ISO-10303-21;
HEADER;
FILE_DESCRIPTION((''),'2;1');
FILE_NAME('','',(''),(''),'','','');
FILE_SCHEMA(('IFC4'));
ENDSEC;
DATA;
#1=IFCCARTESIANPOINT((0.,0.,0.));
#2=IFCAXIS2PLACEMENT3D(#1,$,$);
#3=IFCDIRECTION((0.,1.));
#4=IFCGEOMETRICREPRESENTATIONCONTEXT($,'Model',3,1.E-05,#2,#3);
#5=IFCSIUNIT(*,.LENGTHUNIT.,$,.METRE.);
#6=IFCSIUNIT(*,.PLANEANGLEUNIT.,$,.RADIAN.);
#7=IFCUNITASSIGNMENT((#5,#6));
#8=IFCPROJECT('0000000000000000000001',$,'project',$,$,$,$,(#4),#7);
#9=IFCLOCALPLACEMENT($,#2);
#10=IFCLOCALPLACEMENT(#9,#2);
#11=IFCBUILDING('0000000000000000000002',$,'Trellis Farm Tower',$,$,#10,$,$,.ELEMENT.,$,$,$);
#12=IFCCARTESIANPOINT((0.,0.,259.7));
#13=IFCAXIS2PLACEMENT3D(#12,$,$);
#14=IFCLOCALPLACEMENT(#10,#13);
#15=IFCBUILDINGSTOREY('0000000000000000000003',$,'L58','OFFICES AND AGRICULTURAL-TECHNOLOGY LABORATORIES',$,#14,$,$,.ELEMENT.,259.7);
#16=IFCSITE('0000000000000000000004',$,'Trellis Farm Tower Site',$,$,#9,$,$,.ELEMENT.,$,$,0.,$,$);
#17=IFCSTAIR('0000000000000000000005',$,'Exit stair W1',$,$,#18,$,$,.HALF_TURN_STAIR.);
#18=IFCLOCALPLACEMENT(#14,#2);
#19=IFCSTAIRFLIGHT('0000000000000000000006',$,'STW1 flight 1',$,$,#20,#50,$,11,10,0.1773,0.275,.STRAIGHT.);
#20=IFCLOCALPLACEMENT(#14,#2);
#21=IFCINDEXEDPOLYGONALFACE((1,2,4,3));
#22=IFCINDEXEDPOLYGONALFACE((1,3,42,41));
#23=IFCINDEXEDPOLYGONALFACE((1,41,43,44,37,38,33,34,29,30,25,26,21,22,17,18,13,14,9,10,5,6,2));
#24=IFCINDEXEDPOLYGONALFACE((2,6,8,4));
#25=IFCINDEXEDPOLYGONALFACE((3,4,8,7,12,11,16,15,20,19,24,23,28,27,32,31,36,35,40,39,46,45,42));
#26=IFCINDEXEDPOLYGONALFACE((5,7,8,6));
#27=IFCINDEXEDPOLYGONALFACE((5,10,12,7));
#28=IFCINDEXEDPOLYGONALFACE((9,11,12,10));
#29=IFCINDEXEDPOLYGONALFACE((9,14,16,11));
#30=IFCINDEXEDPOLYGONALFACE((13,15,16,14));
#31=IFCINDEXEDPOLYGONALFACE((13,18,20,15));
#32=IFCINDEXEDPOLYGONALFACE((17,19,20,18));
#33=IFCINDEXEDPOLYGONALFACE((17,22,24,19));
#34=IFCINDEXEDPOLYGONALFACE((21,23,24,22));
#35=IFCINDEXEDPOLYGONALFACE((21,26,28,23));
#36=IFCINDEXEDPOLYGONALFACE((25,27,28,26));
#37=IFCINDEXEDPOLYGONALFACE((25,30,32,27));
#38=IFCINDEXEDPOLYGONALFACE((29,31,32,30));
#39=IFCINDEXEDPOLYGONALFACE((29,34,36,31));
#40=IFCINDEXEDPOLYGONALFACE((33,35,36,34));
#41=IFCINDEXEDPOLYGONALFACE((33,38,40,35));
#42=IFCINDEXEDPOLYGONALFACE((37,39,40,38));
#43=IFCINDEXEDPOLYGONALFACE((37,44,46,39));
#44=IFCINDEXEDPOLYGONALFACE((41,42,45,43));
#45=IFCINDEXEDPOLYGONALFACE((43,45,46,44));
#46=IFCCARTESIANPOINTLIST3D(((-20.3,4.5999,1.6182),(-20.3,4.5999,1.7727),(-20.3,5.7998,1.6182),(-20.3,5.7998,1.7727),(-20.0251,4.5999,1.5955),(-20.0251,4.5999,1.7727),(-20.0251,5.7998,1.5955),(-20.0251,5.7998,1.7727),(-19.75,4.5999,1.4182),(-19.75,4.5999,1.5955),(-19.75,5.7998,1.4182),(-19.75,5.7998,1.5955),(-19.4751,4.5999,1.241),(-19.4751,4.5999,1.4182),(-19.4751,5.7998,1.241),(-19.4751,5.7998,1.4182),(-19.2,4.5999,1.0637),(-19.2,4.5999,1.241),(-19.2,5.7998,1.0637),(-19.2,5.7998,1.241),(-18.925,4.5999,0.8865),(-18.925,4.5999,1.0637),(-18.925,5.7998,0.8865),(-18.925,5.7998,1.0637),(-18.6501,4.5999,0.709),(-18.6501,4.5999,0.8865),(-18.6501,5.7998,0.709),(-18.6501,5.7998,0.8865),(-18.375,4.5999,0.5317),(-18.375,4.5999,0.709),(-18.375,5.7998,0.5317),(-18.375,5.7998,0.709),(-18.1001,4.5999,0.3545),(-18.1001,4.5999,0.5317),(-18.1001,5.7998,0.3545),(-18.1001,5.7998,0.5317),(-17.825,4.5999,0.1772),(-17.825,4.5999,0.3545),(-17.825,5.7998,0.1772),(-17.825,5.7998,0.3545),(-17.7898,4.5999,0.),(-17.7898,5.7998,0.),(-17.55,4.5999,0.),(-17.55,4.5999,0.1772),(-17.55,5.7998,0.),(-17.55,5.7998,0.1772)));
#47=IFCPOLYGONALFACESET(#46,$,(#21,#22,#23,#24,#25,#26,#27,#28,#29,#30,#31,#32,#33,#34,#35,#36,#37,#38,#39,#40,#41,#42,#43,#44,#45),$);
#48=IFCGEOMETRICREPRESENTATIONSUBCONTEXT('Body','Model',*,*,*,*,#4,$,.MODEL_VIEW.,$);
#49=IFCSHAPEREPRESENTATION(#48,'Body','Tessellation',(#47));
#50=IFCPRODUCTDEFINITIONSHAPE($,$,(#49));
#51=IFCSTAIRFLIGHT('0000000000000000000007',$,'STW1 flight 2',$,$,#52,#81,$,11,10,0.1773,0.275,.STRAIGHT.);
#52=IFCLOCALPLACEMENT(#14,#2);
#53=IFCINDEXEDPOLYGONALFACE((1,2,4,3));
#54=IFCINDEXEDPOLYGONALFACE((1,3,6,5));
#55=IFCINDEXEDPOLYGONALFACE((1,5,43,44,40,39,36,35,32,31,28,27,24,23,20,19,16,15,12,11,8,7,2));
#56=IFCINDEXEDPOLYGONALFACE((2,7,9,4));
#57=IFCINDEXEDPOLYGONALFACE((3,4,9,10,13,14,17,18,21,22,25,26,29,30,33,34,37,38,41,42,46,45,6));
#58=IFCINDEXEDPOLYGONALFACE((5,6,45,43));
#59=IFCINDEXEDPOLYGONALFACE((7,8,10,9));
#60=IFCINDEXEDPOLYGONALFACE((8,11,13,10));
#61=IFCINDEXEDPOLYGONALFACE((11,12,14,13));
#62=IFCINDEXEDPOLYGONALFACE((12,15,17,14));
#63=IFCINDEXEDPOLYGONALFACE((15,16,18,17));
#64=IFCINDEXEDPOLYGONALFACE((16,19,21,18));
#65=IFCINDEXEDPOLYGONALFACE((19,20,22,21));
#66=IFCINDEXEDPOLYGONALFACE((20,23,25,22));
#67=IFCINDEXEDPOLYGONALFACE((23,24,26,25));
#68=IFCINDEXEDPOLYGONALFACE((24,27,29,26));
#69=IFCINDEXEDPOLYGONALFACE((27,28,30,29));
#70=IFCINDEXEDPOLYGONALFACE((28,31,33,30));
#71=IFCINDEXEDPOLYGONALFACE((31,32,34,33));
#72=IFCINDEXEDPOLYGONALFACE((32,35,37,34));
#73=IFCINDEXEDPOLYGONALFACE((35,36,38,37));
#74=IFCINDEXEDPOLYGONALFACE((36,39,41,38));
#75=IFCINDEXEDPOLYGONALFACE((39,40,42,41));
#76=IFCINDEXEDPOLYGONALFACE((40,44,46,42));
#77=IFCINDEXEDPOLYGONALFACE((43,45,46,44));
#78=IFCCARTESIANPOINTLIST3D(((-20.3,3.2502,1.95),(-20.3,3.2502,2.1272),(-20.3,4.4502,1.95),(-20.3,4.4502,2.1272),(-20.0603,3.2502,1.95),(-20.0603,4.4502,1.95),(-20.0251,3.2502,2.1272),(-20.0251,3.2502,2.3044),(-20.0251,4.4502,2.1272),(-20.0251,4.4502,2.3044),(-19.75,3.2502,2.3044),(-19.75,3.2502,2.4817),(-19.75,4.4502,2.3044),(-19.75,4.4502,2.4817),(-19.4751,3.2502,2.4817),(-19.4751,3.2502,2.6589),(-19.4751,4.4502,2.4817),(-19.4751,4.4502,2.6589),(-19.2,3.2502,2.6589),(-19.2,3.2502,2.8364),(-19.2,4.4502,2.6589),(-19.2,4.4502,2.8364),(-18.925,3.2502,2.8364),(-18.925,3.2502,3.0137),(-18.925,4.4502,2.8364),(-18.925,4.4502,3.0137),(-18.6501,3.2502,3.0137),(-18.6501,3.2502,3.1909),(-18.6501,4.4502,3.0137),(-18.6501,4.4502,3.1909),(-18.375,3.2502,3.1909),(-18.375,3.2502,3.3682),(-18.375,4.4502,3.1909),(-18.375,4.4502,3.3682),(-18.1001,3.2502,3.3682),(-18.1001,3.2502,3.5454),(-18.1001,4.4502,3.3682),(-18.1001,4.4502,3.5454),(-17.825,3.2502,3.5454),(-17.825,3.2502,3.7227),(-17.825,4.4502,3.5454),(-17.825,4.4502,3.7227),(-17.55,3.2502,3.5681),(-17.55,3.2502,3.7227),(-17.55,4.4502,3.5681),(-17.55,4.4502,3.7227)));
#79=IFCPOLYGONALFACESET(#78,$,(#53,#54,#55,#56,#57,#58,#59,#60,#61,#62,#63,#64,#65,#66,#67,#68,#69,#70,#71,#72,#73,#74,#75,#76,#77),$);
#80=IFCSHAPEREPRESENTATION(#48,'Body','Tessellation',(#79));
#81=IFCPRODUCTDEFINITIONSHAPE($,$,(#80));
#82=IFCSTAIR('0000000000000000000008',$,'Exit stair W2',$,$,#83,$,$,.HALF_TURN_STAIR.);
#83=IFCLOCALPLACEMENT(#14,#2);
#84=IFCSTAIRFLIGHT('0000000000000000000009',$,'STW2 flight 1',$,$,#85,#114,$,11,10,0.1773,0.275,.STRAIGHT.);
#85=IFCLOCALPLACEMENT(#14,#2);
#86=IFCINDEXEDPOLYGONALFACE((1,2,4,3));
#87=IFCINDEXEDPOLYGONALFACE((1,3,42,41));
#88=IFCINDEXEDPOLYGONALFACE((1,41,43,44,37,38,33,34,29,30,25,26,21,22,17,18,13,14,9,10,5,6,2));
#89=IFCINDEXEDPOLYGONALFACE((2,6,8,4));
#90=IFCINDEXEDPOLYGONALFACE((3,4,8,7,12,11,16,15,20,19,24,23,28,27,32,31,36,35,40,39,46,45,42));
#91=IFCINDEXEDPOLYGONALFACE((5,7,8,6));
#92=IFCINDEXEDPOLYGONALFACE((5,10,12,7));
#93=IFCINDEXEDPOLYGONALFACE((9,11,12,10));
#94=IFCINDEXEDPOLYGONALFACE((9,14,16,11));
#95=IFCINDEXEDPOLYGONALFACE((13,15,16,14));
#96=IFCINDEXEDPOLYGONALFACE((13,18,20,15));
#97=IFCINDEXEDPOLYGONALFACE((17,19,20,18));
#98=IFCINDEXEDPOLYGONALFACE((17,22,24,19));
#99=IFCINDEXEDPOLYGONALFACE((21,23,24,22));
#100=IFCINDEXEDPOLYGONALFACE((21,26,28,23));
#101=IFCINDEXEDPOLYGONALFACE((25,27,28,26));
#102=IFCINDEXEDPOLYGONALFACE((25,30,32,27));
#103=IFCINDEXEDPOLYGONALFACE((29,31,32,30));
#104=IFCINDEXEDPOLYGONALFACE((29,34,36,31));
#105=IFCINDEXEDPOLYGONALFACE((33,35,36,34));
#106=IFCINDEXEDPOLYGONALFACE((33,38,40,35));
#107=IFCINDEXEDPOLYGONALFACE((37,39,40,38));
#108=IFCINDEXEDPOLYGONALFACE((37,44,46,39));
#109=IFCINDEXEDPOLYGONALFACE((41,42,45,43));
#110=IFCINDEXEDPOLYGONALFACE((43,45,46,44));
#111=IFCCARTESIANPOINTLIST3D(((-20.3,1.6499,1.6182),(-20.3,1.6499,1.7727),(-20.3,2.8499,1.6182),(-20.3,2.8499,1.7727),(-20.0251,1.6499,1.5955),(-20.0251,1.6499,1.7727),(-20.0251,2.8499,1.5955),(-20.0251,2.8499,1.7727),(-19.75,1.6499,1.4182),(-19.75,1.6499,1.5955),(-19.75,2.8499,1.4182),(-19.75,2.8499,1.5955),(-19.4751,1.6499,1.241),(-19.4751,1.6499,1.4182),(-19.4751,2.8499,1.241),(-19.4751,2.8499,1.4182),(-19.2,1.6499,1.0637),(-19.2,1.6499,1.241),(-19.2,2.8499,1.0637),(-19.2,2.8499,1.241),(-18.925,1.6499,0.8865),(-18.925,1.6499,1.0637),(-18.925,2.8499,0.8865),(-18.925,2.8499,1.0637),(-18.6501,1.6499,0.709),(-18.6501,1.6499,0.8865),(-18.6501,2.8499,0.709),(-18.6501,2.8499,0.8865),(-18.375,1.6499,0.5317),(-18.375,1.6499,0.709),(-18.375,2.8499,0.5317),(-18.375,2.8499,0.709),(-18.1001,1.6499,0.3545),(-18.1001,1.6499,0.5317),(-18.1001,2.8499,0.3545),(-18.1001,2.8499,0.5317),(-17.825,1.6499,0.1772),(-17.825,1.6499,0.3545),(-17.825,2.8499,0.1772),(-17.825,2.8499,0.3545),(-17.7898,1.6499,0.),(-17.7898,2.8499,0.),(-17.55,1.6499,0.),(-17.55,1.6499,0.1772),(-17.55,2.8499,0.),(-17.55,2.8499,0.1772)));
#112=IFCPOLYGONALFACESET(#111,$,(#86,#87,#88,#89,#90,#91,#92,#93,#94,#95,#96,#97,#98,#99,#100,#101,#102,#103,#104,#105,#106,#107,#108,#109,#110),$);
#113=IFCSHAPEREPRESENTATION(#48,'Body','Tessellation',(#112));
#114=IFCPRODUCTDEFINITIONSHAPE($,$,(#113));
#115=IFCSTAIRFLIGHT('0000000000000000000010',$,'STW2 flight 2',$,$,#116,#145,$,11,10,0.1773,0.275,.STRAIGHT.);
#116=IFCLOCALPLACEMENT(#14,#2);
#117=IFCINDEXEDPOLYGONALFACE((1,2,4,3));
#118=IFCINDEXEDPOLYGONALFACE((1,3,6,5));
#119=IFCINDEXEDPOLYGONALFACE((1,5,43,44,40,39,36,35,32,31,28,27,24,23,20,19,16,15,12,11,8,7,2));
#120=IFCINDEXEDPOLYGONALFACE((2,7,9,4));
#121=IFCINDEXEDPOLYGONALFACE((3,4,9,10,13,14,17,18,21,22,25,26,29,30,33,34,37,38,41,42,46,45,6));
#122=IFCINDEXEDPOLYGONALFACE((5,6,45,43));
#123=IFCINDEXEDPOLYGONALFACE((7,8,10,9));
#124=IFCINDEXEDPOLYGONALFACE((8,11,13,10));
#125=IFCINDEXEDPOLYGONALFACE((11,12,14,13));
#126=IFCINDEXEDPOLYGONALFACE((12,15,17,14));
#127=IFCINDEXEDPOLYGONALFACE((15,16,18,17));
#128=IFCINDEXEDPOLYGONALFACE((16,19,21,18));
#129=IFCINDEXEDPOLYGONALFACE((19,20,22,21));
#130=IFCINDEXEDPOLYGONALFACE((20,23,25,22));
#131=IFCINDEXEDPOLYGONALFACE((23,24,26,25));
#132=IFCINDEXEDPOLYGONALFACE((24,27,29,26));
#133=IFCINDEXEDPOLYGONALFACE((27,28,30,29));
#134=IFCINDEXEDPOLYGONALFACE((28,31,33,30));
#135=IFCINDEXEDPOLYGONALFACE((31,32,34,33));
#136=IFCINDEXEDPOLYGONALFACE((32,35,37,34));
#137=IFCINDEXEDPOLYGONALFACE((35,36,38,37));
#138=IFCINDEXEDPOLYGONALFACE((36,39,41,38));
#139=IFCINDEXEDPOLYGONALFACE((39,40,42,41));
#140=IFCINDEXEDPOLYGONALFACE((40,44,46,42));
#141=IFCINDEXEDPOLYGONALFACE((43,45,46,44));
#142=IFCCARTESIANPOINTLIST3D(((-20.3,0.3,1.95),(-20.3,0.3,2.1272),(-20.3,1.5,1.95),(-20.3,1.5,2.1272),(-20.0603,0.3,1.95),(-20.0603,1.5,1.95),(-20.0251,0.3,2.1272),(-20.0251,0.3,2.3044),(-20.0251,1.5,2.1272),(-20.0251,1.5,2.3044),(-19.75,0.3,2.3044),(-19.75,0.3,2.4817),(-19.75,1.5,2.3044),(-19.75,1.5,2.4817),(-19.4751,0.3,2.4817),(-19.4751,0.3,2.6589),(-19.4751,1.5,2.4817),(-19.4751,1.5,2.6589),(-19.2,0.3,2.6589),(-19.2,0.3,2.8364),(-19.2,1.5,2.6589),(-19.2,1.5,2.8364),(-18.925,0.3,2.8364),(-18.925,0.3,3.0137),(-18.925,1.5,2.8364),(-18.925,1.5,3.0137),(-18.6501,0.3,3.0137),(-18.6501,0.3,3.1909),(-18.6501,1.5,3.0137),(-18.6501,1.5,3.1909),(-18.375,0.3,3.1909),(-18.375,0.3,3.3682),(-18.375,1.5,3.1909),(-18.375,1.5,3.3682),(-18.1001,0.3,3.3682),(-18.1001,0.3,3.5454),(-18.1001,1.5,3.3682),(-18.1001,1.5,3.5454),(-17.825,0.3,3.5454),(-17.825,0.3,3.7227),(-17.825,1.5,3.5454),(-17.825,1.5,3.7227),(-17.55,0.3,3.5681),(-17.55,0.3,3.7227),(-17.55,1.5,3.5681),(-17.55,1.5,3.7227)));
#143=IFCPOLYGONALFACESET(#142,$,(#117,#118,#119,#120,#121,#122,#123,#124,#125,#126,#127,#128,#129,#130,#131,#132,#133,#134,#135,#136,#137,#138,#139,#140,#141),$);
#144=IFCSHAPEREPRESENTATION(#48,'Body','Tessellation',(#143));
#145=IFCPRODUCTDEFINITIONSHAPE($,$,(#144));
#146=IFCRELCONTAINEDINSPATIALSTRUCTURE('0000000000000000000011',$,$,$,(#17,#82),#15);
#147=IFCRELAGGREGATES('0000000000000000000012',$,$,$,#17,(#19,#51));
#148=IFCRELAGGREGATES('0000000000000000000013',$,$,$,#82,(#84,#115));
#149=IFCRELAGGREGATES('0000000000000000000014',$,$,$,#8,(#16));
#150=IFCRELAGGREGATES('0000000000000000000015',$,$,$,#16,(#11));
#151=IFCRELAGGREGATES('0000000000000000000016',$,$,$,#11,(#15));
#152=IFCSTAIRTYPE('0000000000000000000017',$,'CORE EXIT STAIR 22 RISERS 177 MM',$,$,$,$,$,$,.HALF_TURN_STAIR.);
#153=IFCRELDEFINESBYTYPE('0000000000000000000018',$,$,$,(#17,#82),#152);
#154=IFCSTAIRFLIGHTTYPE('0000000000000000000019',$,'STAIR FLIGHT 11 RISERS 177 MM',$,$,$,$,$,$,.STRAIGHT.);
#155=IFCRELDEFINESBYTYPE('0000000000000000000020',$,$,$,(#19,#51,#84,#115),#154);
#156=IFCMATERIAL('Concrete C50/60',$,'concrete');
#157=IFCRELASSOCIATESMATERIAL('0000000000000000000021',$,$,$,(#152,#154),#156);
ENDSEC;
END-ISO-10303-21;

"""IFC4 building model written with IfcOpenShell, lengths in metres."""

from ifc_helpers import new_model, si_unit, direction, frame, origin, place, context, subcontext, project, spatial, polyline, outline, extrude, source, transform, mapped, material, type_object, element, aggregate, save


model = new_model("IFC4")

# Units and contexts
model_context = context("Model", 3, precision=1e-05, world=origin(), true_north=direction((0.0, 1.0)))
body_context = subcontext(model_context, "Body", "Model", "MODEL_VIEW")
ifc_project = project(units=[si_unit("LENGTHUNIT", "METRE"), si_unit("PLANEANGLEUNIT", "RADIAN")], contexts=[model_context])

# Site, building, storey
site_placement = place(None, origin())
site = spatial("IfcSite", under=ifc_project, at=site_placement, Name="Trellis Farm Tower Site", CompositionType="ELEMENT", RefElevation=0.0)
building_placement = place(site_placement, origin())
building = spatial("IfcBuilding", under=site, at=building_placement, Name="Trellis Farm Tower", CompositionType="ELEMENT")
storey_placement = place(building_placement, frame((0.0, 0.0, 259.7)))
storey = spatial("IfcBuildingStorey", under=building, at=storey_placement, Name="L58", Description="OFFICES AND AGRICULTURAL-TECHNOLOGY LABORATORIES", CompositionType="ELEMENT", Elevation=259.7)

# Shared definitions
placement = place(storey_placement, origin())

# Stairs, stair flights
ifc_material_1 = material(Name="Concrete C50/60", Category="concrete")
stair_type = type_object("IfcStairType", Name="CORE EXIT STAIR 22 RISERS 177 MM", PredefinedType="HALF_TURN_STAIR", material=ifc_material_1)
stair_1 = element("IfcStair", 1, at=placement, inside=storey, type_object=stair_type, Name="Exit stair W1", PredefinedType="HALF_TURN_STAIR")
stair_flight_type = type_object("IfcStairFlightType", Name="STAIR FLIGHT 11 RISERS 177 MM", PredefinedType="STRAIGHT", material=ifc_material_1)
shared_shape_1 = source(origin(), body_context, "Body", "SweptSolid", [
    extrude(outline(polyline([(0.0, 0.0), (0.0, 0.1772), (0.2749, 0.1772), (0.2749, 0.3545), (0.55, 0.3545), (0.55, 0.5317), (0.825, 0.5317), (0.825, 0.709), (1.1001, 0.709), (1.1001, 0.8865), (1.375, 0.8865), (1.375, 1.0637), (1.6499, 1.0637), (1.6499, 1.241), (1.925, 1.241), (1.925, 1.4182), (2.2, 1.4182), (2.2, 1.5955), (2.4751, 1.5955), (2.4751, 1.7727), (2.75, 1.7727), (2.75, 1.95), (2.75, 1.6182), (0.2397, 0.0), (0.0, 0.0)])), frame((0.0, 0.6001, 0.0), z_axis=(0.0, -1.0, 0.0), x_axis=(1.0, 0.0, 0.0)), (0.0, 0.0, 1.0), 1.2),
])
stair_flight_1_placement = place(storey_placement, frame((-17.55, 5.2, 0.0), z_axis=(0.0, 0.0, 1.0), x_axis=(-1.0, 0.0, 0.0)))
stair_flight_1 = element("IfcStairFlight", 2, at=stair_flight_1_placement, type_object=stair_flight_type, Name="STW1 flight 1", NumberOfRisers=11, NumberOfTreads=10, PredefinedType="STRAIGHT", RiserHeight=0.1773, TreadLength=0.275, context=body_context, shape_type="MappedRepresentation", body=[
    mapped(shared_shape_1, transform((0.0, 0.0, 0.0))),
])
stair_flight_2_placement = place(storey_placement, frame((-20.3, 3.8501, 1.95), z_axis=(0.0, 0.0, 1.0), x_axis=(1.0, 0.0, 0.0)))
stair_flight_2 = element("IfcStairFlight", 3, at=stair_flight_2_placement, type_object=stair_flight_type, Name="STW1 flight 2", NumberOfRisers=11, NumberOfTreads=10, PredefinedType="STRAIGHT", RiserHeight=0.1773, TreadLength=0.275, context=body_context, shape_type="MappedRepresentation", body=[
    mapped(shared_shape_1, transform((0.0, 0.0, 0.0))),
])
aggregate(stair_1, [stair_flight_1, stair_flight_2])
stair_2 = element("IfcStair", 4, at=placement, inside=storey, type_object=stair_type, Name="Exit stair W2", PredefinedType="HALF_TURN_STAIR")
stair_flight_3_placement = place(storey_placement, frame((-17.55, 2.25, 0.0), z_axis=(0.0, 0.0, 1.0), x_axis=(-1.0, 0.0, 0.0)))
stair_flight_3 = element("IfcStairFlight", 5, at=stair_flight_3_placement, type_object=stair_flight_type, Name="STW2 flight 1", NumberOfRisers=11, NumberOfTreads=10, PredefinedType="STRAIGHT", RiserHeight=0.1773, TreadLength=0.275, context=body_context, shape_type="MappedRepresentation", body=[
    mapped(shared_shape_1, transform((0.0, 0.0, 0.0))),
])
stair_flight_4_placement = place(storey_placement, frame((-20.3, 0.8999, 1.95), z_axis=(0.0, 0.0, 1.0), x_axis=(1.0, 0.0, 0.0)))
stair_flight_4 = element("IfcStairFlight", 6, at=stair_flight_4_placement, type_object=stair_flight_type, Name="STW2 flight 2", NumberOfRisers=11, NumberOfTreads=10, PredefinedType="STRAIGHT", RiserHeight=0.1773, TreadLength=0.275, context=body_context, shape_type="MappedRepresentation", body=[
    mapped(shared_shape_1, transform((0.0, 0.0, 0.0))),
])
aggregate(stair_2, [stair_flight_3, stair_flight_4])

save(model, "model.ifc")
